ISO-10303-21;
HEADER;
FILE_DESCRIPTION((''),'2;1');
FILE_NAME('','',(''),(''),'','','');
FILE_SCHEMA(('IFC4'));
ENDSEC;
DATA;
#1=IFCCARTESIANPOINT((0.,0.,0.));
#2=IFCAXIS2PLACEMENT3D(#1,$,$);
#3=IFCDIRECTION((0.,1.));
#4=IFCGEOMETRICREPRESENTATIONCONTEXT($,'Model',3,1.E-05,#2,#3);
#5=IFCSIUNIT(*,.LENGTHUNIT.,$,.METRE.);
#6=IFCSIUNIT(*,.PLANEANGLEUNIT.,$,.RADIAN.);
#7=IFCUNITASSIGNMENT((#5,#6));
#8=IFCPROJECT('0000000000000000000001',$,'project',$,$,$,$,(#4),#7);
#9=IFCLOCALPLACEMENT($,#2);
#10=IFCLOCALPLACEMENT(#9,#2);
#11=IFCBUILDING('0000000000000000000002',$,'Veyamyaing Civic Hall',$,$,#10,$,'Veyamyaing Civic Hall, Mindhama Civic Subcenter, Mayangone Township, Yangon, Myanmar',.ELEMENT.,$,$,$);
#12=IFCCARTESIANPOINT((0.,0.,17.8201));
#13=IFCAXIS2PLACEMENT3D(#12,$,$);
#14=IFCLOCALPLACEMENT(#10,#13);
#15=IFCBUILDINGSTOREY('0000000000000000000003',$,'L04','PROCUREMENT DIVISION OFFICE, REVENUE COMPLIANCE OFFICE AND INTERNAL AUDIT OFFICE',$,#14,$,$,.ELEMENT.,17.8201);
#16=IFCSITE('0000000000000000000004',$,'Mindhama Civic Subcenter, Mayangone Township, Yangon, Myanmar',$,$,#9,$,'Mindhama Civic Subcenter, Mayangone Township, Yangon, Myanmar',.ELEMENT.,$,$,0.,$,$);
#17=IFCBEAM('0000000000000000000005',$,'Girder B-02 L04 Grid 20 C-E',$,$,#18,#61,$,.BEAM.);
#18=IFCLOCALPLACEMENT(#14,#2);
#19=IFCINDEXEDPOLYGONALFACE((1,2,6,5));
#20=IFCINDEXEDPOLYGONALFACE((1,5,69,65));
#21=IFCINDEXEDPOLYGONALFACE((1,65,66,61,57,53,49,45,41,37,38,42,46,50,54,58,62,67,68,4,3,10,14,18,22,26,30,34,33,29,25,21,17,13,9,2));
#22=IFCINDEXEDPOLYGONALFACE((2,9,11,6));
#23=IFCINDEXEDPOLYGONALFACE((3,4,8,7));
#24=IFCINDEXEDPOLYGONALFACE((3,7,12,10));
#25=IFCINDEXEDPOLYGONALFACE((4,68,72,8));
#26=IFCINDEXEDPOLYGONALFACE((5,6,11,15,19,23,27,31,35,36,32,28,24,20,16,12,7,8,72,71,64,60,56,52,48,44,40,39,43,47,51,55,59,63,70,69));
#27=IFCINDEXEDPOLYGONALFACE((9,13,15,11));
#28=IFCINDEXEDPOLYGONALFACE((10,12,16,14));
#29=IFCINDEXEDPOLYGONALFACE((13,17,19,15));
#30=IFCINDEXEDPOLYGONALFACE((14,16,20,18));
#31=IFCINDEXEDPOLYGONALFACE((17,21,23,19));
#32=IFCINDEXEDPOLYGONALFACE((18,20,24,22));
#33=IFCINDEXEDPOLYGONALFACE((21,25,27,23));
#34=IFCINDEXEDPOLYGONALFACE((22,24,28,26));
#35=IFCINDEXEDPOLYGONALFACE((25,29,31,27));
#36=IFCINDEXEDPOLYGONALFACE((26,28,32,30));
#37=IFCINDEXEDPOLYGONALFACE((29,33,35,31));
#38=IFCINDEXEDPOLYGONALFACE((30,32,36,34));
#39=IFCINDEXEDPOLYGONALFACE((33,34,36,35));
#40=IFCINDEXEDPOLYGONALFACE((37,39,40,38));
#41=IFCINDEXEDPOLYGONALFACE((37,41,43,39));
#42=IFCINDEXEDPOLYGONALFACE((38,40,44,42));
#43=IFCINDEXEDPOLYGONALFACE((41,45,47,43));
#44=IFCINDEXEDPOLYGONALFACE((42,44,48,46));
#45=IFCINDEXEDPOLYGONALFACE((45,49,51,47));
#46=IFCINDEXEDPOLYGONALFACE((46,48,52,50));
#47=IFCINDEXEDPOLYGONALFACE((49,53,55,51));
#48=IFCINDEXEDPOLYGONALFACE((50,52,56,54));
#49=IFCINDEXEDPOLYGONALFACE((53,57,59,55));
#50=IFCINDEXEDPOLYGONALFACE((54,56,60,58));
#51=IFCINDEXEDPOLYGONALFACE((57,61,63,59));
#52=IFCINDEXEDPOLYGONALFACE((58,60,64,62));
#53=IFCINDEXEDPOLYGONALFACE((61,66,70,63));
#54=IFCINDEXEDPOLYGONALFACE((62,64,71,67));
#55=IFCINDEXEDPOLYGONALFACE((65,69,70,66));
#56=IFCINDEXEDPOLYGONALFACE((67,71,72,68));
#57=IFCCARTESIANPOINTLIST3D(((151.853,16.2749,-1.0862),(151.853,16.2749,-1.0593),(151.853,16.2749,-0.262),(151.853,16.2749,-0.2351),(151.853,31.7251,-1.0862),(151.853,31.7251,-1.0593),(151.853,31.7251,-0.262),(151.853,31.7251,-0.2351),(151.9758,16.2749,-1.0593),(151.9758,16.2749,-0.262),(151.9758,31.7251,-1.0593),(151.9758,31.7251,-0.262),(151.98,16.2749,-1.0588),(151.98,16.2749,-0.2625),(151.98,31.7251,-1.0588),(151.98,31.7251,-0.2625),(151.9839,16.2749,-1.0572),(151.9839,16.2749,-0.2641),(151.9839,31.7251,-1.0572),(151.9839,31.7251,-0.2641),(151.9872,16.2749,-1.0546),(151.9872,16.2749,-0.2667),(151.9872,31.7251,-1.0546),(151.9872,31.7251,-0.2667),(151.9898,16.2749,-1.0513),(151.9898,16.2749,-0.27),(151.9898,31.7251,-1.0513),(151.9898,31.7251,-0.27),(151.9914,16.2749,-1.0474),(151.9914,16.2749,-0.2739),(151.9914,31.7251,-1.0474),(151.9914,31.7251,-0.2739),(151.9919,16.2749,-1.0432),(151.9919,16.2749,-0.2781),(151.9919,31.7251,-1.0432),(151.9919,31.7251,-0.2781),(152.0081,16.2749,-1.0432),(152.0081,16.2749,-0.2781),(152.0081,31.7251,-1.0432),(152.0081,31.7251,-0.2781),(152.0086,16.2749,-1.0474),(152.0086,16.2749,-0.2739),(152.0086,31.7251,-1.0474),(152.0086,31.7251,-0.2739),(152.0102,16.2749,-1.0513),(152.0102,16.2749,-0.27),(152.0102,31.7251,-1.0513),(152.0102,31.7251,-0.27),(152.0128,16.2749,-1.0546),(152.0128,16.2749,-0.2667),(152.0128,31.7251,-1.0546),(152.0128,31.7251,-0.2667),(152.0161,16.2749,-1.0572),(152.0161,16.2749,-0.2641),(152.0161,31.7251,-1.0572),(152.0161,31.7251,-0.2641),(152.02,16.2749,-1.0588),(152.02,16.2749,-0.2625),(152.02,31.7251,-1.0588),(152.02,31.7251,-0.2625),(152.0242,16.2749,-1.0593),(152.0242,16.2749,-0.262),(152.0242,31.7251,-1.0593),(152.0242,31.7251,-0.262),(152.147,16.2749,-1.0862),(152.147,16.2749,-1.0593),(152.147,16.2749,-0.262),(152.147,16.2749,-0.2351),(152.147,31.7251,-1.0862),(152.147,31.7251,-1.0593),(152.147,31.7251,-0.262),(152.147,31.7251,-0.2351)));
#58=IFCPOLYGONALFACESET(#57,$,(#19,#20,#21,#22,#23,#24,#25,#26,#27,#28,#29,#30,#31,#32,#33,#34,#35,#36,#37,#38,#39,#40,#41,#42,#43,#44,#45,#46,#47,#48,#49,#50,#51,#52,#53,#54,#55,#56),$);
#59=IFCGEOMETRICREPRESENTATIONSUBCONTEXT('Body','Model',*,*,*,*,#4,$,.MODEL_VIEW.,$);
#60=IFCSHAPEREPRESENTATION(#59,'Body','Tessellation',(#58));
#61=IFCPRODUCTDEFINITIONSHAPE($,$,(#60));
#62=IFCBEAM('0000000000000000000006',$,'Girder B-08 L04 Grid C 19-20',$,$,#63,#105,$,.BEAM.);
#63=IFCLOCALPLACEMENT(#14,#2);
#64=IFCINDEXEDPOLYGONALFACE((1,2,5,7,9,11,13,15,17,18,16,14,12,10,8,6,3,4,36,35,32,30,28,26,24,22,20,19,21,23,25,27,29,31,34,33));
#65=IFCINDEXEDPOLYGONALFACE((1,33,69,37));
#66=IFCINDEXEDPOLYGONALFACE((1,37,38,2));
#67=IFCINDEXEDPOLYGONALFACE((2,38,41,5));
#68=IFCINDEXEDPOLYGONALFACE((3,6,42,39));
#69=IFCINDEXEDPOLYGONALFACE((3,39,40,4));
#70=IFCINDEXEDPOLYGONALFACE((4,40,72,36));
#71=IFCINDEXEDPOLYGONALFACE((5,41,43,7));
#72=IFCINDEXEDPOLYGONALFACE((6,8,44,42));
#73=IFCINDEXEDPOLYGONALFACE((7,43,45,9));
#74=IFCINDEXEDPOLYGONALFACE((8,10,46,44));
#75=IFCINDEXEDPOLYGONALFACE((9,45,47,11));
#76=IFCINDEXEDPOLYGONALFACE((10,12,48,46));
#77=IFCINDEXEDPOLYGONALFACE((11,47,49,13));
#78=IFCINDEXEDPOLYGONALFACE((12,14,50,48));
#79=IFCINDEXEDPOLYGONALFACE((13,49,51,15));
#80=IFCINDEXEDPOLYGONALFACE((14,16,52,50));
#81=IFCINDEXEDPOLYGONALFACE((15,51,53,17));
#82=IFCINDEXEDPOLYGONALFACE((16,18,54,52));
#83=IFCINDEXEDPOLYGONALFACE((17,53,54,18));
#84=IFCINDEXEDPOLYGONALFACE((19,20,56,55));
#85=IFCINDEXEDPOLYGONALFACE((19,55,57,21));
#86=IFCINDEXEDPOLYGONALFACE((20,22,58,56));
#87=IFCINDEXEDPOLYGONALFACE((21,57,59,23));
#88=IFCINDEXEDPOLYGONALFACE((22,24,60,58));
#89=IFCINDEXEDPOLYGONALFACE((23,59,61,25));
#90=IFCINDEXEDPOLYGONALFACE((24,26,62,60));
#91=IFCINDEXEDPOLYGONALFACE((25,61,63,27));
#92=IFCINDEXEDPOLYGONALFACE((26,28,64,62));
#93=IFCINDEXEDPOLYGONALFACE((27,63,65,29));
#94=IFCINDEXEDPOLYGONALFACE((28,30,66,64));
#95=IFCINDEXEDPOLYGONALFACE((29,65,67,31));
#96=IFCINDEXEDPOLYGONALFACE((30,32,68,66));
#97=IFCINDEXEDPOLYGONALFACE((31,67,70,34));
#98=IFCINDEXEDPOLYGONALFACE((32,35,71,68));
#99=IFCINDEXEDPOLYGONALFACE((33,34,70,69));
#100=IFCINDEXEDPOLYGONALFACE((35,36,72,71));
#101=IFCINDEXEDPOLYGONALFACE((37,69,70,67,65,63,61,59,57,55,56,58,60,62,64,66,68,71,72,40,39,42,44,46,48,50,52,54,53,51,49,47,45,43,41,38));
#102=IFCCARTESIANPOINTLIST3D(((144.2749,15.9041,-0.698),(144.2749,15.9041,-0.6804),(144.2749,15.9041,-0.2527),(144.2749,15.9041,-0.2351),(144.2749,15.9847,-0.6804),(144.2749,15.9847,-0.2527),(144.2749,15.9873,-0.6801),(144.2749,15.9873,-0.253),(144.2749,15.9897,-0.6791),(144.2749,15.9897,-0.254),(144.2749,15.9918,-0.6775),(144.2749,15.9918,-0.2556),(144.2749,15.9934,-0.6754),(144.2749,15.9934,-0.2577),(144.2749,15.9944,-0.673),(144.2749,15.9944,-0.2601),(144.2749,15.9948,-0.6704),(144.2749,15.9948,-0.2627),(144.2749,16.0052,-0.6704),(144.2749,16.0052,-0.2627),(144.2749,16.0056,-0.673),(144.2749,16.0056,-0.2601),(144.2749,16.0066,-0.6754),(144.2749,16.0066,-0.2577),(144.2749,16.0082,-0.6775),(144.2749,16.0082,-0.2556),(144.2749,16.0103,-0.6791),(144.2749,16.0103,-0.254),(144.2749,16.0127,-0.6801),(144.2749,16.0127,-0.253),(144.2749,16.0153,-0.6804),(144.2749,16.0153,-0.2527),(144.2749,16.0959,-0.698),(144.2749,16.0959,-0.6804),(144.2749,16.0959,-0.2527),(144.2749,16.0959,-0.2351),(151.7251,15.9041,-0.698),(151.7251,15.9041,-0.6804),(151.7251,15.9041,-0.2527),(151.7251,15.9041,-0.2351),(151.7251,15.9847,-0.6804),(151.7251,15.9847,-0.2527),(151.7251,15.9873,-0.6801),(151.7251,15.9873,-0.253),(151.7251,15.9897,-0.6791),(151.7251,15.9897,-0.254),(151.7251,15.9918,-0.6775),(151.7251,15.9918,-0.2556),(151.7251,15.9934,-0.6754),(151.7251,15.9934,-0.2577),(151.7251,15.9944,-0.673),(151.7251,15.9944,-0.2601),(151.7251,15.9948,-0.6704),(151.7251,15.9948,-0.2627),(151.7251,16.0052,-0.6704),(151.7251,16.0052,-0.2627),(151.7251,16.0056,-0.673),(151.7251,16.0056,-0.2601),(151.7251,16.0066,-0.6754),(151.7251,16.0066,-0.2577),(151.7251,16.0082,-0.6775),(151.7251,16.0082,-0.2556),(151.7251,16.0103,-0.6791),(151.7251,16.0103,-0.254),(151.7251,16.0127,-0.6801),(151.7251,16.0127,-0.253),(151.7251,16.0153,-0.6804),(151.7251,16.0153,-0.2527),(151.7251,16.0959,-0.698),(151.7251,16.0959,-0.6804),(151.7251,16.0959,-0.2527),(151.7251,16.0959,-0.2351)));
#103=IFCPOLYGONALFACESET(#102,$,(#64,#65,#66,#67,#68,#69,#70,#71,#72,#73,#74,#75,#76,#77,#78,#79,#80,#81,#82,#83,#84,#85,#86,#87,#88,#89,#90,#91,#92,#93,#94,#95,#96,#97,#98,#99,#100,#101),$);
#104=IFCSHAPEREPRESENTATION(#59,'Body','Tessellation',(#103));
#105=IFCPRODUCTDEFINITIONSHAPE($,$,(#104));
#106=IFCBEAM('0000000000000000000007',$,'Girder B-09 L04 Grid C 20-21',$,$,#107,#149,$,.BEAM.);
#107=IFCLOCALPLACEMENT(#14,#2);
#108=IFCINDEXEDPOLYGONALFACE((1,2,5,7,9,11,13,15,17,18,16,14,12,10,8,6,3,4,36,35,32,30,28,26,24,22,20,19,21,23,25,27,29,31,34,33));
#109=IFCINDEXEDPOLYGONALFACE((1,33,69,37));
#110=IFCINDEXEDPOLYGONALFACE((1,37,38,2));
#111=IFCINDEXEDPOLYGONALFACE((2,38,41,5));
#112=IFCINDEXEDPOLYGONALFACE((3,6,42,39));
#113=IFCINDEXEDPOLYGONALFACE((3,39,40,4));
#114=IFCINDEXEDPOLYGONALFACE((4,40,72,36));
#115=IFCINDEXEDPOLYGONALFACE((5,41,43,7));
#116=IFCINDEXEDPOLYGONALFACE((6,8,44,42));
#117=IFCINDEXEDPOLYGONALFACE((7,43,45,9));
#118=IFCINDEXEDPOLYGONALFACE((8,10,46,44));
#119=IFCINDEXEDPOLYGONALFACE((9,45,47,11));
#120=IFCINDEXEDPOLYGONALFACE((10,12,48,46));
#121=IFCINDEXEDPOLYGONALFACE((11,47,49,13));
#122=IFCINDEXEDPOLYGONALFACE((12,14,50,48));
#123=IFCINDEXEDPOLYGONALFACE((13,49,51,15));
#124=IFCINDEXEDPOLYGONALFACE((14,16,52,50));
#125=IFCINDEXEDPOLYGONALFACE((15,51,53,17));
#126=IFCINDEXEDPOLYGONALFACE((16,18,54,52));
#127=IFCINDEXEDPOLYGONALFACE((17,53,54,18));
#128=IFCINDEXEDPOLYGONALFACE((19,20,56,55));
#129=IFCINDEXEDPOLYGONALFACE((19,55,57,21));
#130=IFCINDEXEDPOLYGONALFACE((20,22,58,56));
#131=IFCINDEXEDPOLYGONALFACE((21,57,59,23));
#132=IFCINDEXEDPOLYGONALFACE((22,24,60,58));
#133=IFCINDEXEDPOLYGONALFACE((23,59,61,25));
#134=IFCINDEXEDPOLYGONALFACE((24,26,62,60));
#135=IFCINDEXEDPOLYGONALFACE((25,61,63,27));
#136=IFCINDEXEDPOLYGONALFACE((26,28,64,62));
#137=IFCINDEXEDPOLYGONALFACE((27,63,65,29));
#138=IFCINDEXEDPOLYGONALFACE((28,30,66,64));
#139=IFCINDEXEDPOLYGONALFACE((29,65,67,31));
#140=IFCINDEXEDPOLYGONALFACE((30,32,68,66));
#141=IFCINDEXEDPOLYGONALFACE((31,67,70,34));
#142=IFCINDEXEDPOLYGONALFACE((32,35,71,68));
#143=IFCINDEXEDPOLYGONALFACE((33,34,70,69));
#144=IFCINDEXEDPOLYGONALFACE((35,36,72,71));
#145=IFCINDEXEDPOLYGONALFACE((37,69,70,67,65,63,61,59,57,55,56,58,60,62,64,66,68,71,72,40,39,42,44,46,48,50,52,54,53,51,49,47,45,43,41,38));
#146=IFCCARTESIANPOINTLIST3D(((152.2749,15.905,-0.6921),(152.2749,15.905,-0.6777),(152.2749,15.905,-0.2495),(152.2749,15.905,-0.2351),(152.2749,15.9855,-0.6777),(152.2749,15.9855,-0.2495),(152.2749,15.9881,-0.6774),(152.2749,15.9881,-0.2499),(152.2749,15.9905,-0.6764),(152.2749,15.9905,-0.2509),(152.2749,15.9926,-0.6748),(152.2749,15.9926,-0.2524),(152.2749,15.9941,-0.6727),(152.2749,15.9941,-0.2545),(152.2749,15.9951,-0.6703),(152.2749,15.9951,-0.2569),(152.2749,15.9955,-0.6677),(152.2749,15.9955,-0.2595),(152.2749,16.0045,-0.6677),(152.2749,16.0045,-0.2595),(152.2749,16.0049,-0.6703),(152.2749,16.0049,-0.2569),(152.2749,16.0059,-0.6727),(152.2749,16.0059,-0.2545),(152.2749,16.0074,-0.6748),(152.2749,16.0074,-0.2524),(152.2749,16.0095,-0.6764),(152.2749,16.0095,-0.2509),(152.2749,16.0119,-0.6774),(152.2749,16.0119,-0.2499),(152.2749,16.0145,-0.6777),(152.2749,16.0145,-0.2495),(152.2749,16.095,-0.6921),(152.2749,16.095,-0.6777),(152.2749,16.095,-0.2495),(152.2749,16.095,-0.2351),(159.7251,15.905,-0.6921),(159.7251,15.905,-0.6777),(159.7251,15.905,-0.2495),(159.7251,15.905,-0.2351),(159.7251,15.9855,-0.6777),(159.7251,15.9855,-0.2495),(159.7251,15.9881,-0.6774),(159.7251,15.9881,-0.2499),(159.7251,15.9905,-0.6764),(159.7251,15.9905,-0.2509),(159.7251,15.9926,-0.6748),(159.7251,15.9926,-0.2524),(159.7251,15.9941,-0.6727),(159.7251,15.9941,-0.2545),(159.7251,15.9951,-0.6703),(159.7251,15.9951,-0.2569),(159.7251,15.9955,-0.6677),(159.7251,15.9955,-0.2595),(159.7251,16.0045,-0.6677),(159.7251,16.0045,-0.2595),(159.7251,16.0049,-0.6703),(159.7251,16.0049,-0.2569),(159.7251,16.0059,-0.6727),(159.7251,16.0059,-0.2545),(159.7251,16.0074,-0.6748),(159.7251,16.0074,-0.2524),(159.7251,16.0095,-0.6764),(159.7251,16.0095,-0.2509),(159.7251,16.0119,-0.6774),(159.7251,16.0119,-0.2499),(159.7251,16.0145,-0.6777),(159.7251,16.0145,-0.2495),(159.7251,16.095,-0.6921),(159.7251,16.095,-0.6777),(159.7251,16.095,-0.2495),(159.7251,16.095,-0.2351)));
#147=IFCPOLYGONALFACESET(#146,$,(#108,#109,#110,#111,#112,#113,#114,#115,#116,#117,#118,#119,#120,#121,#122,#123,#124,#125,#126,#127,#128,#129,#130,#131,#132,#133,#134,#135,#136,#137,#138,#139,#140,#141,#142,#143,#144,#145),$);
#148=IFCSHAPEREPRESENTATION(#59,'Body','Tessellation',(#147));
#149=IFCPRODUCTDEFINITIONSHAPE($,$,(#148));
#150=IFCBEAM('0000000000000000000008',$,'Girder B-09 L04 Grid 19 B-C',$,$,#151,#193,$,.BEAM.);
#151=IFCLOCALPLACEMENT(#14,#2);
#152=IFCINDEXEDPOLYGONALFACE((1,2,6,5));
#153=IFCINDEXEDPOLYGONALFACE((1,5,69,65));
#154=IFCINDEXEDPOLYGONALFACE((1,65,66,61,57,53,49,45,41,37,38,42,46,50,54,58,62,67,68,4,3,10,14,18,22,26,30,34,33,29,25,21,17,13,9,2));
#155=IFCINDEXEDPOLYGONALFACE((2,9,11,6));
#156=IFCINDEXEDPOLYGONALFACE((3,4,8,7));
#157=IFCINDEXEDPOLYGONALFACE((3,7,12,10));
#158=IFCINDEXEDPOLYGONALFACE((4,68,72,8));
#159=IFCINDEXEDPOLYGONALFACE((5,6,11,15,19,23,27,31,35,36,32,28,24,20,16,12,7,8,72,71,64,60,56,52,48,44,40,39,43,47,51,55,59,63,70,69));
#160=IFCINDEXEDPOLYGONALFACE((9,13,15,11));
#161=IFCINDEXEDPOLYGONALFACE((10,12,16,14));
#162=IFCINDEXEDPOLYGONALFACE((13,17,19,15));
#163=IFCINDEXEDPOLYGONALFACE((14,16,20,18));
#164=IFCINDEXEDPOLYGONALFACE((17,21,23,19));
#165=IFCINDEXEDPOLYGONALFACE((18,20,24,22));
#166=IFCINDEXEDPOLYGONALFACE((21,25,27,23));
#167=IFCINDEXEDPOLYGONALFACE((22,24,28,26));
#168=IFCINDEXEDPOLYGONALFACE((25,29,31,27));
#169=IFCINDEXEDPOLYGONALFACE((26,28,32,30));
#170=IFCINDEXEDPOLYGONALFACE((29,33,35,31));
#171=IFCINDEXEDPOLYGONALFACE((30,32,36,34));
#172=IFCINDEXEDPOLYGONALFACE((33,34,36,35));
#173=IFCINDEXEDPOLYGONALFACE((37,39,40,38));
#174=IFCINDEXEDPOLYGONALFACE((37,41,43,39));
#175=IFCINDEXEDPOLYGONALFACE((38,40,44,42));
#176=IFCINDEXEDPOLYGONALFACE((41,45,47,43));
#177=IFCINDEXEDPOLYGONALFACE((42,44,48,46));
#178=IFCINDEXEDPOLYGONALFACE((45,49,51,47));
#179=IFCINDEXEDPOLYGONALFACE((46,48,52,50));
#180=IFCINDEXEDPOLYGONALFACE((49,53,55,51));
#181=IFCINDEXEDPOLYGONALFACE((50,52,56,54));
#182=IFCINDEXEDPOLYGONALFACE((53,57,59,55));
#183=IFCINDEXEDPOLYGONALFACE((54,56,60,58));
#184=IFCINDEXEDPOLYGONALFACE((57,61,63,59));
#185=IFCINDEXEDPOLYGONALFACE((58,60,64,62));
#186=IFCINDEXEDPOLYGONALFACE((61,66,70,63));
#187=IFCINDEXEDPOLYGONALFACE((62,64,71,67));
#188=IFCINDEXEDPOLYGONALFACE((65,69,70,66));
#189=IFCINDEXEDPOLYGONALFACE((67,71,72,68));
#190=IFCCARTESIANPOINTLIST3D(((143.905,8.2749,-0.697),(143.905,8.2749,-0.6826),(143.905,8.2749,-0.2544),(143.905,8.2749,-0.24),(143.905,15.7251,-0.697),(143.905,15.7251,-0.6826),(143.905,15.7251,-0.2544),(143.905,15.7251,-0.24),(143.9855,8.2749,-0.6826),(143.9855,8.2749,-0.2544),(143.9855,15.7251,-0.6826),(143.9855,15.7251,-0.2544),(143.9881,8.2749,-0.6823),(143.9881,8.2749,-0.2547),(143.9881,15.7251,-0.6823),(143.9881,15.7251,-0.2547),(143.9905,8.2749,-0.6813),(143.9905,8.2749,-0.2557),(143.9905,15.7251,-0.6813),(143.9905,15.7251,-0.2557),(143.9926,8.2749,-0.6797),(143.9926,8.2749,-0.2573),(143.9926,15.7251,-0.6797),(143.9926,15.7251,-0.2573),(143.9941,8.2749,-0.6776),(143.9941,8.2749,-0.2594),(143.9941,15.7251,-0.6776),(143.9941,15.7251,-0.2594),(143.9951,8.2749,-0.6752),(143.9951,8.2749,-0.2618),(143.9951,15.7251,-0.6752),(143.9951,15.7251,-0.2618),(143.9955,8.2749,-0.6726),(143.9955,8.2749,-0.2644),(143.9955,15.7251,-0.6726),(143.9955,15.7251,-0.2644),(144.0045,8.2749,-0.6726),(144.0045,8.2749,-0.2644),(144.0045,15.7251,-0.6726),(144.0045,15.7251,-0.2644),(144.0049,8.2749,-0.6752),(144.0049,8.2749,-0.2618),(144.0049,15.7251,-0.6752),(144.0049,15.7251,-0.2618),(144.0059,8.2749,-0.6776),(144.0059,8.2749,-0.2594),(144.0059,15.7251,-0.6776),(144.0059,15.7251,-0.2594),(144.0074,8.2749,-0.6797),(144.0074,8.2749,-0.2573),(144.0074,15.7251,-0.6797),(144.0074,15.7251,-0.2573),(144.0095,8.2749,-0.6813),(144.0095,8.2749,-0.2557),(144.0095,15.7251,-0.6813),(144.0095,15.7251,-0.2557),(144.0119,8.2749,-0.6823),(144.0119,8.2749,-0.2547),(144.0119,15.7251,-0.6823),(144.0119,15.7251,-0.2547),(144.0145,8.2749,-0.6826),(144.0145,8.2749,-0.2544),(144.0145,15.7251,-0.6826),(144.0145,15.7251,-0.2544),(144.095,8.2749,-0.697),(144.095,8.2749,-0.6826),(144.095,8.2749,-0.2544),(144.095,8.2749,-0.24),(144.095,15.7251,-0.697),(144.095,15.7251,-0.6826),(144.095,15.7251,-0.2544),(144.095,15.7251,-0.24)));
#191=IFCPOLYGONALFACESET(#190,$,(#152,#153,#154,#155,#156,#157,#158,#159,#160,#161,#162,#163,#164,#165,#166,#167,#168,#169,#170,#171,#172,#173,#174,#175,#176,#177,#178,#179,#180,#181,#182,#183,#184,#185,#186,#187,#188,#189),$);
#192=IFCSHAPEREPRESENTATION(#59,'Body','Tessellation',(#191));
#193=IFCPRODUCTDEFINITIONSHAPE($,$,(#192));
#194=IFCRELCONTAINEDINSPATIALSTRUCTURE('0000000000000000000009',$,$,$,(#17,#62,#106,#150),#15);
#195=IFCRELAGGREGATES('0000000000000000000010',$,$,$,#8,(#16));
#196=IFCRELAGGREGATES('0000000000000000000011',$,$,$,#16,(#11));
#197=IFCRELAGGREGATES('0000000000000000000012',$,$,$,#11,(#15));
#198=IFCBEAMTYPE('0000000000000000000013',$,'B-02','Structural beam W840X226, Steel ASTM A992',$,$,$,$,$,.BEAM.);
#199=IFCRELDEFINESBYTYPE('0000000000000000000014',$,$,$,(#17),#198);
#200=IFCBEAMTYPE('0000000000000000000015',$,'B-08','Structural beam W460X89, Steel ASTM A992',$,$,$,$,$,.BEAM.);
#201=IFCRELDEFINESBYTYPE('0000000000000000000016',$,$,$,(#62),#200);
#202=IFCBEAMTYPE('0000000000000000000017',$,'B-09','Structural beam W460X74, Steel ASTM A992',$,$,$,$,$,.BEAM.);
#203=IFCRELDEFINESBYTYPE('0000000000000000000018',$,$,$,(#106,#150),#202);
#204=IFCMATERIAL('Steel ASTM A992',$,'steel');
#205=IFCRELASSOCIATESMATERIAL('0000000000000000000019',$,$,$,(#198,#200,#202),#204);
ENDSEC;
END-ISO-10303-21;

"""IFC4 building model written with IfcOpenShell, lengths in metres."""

from ifc_helpers import new_model, si_unit, direction, frame, origin, origin_2d, place, context, subcontext, project, spatial, i_section, extrude, material, material_profile, profile_set, type_object, element, save


model = new_model("IFC4")

# Units and contexts
model_context = context("Model", 3, precision=1e-05, world=origin(), true_north=direction((0.0, 1.0)))
body_context = subcontext(model_context, "Body", "Model", "MODEL_VIEW")
ifc_project = project(units=[si_unit("LENGTHUNIT", "METRE"), si_unit("PLANEANGLEUNIT", "RADIAN")], contexts=[model_context])

# Site, building, storey
site_placement = place(None, origin())
site = spatial("IfcSite", under=ifc_project, at=site_placement, Name="Mindhama Civic Subcenter, Mayangone Township, Yangon, Myanmar", LongName="Mindhama Civic Subcenter, Mayangone Township, Yangon, Myanmar", CompositionType="ELEMENT", RefElevation=0.0)
building_placement = place(site_placement, origin())
building = spatial("IfcBuilding", under=site, at=building_placement, Name="Veyamyaing Civic Hall", LongName="Veyamyaing Civic Hall, Mindhama Civic Subcenter, Mayangone Township, Yangon, Myanmar", CompositionType="ELEMENT")
storey_placement = place(building_placement, frame((0.0, 0.0, 17.8201)))
storey = spatial("IfcBuildingStorey", under=building, at=storey_placement, Name="L04", Description="PROCUREMENT DIVISION OFFICE, REVENUE COMPLIANCE OFFICE AND INTERNAL AUDIT OFFICE", CompositionType="ELEMENT", Elevation=17.8201)

# Beams
ifc_material_1 = material(Name="Steel ASTM A992", Category="steel")
ifc_material_profile_1 = material_profile(ifc_material_1, i_section(OverallWidth=0.2939, OverallDepth=0.8511, WebThickness=0.0161, FlangeThickness=0.0269, FilletRadius=0.0161, at=origin_2d()), Name="W840X226")
ifc_profile_set_1 = profile_set([ifc_material_profile_1], Name="Steel ASTM A992")
beam_type_1 = type_object("IfcBeamType", Name="B-02", Description="Structural beam W840X226, Steel ASTM A992", PredefinedType="BEAM", material=ifc_profile_set_1)
beam_1_placement = place(storey_placement, frame((152.0, 16.2749, -0.6606), z_axis=(0.0, 1.0, 0.0), x_axis=(-1.0, 0.0, 0.0)))
element("IfcBeam", 1, at=beam_1_placement, inside=storey, type_object=beam_type_1, Name="Girder B-02 L04 Grid 20 C-E", PredefinedType="BEAM", context=body_context, shape_type="SweptSolid", body=[
    extrude(i_section(OverallWidth=0.2939, OverallDepth=0.8511, WebThickness=0.0161, FlangeThickness=0.0269, FilletRadius=0.0161, at=origin_2d()), origin(), (0.0, 0.0, 1.0), 15.4502),
])
ifc_material_profile_2 = material_profile(ifc_material_1, i_section(OverallWidth=0.1919, OverallDepth=0.4629, WebThickness=0.0105, FlangeThickness=0.0176, FilletRadius=0.01, at=origin_2d()), Name="W460X89")
ifc_profile_set_2 = profile_set([ifc_material_profile_2], Name="Steel ASTM A992")
beam_type_2 = type_object("IfcBeamType", Name="B-08", Description="Structural beam W460X89, Steel ASTM A992", PredefinedType="BEAM", material=ifc_profile_set_2)
beam_2_placement = place(storey_placement, frame((144.2749, 16.0, -0.4666), z_axis=(1.0, 0.0, 0.0), x_axis=(0.0, 1.0, 0.0)))
element("IfcBeam", 2, at=beam_2_placement, inside=storey, type_object=beam_type_2, Name="Girder B-08 L04 Grid C 19-20", PredefinedType="BEAM", context=body_context, shape_type="SweptSolid", body=[
    extrude(i_section(OverallWidth=0.1919, OverallDepth=0.4629, WebThickness=0.0105, FlangeThickness=0.0176, FilletRadius=0.01, at=origin_2d()), origin(), (0.0, 0.0, 1.0), 7.4502),
])
ifc_material_profile_3 = material_profile(ifc_material_1, i_section(OverallWidth=0.1899, OverallDepth=0.457, WebThickness=0.009, FlangeThickness=0.0144, FilletRadius=0.01, at=origin_2d()), Name="W460X74")
ifc_profile_set_3 = profile_set([ifc_material_profile_3], Name="Steel ASTM A992")
beam_type_3 = type_object("IfcBeamType", Name="B-09", Description="Structural beam W460X74, Steel ASTM A992", PredefinedType="BEAM", material=ifc_profile_set_3)
for number, where, z_axis, x_axis, name in (
    (3, (152.2749, 16.0, -0.4636), (1.0, 0.0, 0.0), (0.0, 1.0, 0.0), "Girder B-09 L04 Grid C 20-21"),
    (4, (144.0, 8.2749, -0.4685), (0.0, 1.0, 0.0), (-1.0, 0.0, 0.0), "Girder B-09 L04 Grid 19 B-C"),
):
    element("IfcBeam", number, at=place(storey_placement, frame(where, z_axis=z_axis, x_axis=x_axis)), inside=storey, type_object=beam_type_3, Name=name, PredefinedType="BEAM", context=body_context, shape_type="SweptSolid", body=[
        extrude(i_section(OverallWidth=0.1899, OverallDepth=0.457, WebThickness=0.009, FlangeThickness=0.0144, FilletRadius=0.01, at=origin_2d()), origin(), (0.0, 0.0, 1.0), 7.4502),
    ])

save(model, "model.ifc")
